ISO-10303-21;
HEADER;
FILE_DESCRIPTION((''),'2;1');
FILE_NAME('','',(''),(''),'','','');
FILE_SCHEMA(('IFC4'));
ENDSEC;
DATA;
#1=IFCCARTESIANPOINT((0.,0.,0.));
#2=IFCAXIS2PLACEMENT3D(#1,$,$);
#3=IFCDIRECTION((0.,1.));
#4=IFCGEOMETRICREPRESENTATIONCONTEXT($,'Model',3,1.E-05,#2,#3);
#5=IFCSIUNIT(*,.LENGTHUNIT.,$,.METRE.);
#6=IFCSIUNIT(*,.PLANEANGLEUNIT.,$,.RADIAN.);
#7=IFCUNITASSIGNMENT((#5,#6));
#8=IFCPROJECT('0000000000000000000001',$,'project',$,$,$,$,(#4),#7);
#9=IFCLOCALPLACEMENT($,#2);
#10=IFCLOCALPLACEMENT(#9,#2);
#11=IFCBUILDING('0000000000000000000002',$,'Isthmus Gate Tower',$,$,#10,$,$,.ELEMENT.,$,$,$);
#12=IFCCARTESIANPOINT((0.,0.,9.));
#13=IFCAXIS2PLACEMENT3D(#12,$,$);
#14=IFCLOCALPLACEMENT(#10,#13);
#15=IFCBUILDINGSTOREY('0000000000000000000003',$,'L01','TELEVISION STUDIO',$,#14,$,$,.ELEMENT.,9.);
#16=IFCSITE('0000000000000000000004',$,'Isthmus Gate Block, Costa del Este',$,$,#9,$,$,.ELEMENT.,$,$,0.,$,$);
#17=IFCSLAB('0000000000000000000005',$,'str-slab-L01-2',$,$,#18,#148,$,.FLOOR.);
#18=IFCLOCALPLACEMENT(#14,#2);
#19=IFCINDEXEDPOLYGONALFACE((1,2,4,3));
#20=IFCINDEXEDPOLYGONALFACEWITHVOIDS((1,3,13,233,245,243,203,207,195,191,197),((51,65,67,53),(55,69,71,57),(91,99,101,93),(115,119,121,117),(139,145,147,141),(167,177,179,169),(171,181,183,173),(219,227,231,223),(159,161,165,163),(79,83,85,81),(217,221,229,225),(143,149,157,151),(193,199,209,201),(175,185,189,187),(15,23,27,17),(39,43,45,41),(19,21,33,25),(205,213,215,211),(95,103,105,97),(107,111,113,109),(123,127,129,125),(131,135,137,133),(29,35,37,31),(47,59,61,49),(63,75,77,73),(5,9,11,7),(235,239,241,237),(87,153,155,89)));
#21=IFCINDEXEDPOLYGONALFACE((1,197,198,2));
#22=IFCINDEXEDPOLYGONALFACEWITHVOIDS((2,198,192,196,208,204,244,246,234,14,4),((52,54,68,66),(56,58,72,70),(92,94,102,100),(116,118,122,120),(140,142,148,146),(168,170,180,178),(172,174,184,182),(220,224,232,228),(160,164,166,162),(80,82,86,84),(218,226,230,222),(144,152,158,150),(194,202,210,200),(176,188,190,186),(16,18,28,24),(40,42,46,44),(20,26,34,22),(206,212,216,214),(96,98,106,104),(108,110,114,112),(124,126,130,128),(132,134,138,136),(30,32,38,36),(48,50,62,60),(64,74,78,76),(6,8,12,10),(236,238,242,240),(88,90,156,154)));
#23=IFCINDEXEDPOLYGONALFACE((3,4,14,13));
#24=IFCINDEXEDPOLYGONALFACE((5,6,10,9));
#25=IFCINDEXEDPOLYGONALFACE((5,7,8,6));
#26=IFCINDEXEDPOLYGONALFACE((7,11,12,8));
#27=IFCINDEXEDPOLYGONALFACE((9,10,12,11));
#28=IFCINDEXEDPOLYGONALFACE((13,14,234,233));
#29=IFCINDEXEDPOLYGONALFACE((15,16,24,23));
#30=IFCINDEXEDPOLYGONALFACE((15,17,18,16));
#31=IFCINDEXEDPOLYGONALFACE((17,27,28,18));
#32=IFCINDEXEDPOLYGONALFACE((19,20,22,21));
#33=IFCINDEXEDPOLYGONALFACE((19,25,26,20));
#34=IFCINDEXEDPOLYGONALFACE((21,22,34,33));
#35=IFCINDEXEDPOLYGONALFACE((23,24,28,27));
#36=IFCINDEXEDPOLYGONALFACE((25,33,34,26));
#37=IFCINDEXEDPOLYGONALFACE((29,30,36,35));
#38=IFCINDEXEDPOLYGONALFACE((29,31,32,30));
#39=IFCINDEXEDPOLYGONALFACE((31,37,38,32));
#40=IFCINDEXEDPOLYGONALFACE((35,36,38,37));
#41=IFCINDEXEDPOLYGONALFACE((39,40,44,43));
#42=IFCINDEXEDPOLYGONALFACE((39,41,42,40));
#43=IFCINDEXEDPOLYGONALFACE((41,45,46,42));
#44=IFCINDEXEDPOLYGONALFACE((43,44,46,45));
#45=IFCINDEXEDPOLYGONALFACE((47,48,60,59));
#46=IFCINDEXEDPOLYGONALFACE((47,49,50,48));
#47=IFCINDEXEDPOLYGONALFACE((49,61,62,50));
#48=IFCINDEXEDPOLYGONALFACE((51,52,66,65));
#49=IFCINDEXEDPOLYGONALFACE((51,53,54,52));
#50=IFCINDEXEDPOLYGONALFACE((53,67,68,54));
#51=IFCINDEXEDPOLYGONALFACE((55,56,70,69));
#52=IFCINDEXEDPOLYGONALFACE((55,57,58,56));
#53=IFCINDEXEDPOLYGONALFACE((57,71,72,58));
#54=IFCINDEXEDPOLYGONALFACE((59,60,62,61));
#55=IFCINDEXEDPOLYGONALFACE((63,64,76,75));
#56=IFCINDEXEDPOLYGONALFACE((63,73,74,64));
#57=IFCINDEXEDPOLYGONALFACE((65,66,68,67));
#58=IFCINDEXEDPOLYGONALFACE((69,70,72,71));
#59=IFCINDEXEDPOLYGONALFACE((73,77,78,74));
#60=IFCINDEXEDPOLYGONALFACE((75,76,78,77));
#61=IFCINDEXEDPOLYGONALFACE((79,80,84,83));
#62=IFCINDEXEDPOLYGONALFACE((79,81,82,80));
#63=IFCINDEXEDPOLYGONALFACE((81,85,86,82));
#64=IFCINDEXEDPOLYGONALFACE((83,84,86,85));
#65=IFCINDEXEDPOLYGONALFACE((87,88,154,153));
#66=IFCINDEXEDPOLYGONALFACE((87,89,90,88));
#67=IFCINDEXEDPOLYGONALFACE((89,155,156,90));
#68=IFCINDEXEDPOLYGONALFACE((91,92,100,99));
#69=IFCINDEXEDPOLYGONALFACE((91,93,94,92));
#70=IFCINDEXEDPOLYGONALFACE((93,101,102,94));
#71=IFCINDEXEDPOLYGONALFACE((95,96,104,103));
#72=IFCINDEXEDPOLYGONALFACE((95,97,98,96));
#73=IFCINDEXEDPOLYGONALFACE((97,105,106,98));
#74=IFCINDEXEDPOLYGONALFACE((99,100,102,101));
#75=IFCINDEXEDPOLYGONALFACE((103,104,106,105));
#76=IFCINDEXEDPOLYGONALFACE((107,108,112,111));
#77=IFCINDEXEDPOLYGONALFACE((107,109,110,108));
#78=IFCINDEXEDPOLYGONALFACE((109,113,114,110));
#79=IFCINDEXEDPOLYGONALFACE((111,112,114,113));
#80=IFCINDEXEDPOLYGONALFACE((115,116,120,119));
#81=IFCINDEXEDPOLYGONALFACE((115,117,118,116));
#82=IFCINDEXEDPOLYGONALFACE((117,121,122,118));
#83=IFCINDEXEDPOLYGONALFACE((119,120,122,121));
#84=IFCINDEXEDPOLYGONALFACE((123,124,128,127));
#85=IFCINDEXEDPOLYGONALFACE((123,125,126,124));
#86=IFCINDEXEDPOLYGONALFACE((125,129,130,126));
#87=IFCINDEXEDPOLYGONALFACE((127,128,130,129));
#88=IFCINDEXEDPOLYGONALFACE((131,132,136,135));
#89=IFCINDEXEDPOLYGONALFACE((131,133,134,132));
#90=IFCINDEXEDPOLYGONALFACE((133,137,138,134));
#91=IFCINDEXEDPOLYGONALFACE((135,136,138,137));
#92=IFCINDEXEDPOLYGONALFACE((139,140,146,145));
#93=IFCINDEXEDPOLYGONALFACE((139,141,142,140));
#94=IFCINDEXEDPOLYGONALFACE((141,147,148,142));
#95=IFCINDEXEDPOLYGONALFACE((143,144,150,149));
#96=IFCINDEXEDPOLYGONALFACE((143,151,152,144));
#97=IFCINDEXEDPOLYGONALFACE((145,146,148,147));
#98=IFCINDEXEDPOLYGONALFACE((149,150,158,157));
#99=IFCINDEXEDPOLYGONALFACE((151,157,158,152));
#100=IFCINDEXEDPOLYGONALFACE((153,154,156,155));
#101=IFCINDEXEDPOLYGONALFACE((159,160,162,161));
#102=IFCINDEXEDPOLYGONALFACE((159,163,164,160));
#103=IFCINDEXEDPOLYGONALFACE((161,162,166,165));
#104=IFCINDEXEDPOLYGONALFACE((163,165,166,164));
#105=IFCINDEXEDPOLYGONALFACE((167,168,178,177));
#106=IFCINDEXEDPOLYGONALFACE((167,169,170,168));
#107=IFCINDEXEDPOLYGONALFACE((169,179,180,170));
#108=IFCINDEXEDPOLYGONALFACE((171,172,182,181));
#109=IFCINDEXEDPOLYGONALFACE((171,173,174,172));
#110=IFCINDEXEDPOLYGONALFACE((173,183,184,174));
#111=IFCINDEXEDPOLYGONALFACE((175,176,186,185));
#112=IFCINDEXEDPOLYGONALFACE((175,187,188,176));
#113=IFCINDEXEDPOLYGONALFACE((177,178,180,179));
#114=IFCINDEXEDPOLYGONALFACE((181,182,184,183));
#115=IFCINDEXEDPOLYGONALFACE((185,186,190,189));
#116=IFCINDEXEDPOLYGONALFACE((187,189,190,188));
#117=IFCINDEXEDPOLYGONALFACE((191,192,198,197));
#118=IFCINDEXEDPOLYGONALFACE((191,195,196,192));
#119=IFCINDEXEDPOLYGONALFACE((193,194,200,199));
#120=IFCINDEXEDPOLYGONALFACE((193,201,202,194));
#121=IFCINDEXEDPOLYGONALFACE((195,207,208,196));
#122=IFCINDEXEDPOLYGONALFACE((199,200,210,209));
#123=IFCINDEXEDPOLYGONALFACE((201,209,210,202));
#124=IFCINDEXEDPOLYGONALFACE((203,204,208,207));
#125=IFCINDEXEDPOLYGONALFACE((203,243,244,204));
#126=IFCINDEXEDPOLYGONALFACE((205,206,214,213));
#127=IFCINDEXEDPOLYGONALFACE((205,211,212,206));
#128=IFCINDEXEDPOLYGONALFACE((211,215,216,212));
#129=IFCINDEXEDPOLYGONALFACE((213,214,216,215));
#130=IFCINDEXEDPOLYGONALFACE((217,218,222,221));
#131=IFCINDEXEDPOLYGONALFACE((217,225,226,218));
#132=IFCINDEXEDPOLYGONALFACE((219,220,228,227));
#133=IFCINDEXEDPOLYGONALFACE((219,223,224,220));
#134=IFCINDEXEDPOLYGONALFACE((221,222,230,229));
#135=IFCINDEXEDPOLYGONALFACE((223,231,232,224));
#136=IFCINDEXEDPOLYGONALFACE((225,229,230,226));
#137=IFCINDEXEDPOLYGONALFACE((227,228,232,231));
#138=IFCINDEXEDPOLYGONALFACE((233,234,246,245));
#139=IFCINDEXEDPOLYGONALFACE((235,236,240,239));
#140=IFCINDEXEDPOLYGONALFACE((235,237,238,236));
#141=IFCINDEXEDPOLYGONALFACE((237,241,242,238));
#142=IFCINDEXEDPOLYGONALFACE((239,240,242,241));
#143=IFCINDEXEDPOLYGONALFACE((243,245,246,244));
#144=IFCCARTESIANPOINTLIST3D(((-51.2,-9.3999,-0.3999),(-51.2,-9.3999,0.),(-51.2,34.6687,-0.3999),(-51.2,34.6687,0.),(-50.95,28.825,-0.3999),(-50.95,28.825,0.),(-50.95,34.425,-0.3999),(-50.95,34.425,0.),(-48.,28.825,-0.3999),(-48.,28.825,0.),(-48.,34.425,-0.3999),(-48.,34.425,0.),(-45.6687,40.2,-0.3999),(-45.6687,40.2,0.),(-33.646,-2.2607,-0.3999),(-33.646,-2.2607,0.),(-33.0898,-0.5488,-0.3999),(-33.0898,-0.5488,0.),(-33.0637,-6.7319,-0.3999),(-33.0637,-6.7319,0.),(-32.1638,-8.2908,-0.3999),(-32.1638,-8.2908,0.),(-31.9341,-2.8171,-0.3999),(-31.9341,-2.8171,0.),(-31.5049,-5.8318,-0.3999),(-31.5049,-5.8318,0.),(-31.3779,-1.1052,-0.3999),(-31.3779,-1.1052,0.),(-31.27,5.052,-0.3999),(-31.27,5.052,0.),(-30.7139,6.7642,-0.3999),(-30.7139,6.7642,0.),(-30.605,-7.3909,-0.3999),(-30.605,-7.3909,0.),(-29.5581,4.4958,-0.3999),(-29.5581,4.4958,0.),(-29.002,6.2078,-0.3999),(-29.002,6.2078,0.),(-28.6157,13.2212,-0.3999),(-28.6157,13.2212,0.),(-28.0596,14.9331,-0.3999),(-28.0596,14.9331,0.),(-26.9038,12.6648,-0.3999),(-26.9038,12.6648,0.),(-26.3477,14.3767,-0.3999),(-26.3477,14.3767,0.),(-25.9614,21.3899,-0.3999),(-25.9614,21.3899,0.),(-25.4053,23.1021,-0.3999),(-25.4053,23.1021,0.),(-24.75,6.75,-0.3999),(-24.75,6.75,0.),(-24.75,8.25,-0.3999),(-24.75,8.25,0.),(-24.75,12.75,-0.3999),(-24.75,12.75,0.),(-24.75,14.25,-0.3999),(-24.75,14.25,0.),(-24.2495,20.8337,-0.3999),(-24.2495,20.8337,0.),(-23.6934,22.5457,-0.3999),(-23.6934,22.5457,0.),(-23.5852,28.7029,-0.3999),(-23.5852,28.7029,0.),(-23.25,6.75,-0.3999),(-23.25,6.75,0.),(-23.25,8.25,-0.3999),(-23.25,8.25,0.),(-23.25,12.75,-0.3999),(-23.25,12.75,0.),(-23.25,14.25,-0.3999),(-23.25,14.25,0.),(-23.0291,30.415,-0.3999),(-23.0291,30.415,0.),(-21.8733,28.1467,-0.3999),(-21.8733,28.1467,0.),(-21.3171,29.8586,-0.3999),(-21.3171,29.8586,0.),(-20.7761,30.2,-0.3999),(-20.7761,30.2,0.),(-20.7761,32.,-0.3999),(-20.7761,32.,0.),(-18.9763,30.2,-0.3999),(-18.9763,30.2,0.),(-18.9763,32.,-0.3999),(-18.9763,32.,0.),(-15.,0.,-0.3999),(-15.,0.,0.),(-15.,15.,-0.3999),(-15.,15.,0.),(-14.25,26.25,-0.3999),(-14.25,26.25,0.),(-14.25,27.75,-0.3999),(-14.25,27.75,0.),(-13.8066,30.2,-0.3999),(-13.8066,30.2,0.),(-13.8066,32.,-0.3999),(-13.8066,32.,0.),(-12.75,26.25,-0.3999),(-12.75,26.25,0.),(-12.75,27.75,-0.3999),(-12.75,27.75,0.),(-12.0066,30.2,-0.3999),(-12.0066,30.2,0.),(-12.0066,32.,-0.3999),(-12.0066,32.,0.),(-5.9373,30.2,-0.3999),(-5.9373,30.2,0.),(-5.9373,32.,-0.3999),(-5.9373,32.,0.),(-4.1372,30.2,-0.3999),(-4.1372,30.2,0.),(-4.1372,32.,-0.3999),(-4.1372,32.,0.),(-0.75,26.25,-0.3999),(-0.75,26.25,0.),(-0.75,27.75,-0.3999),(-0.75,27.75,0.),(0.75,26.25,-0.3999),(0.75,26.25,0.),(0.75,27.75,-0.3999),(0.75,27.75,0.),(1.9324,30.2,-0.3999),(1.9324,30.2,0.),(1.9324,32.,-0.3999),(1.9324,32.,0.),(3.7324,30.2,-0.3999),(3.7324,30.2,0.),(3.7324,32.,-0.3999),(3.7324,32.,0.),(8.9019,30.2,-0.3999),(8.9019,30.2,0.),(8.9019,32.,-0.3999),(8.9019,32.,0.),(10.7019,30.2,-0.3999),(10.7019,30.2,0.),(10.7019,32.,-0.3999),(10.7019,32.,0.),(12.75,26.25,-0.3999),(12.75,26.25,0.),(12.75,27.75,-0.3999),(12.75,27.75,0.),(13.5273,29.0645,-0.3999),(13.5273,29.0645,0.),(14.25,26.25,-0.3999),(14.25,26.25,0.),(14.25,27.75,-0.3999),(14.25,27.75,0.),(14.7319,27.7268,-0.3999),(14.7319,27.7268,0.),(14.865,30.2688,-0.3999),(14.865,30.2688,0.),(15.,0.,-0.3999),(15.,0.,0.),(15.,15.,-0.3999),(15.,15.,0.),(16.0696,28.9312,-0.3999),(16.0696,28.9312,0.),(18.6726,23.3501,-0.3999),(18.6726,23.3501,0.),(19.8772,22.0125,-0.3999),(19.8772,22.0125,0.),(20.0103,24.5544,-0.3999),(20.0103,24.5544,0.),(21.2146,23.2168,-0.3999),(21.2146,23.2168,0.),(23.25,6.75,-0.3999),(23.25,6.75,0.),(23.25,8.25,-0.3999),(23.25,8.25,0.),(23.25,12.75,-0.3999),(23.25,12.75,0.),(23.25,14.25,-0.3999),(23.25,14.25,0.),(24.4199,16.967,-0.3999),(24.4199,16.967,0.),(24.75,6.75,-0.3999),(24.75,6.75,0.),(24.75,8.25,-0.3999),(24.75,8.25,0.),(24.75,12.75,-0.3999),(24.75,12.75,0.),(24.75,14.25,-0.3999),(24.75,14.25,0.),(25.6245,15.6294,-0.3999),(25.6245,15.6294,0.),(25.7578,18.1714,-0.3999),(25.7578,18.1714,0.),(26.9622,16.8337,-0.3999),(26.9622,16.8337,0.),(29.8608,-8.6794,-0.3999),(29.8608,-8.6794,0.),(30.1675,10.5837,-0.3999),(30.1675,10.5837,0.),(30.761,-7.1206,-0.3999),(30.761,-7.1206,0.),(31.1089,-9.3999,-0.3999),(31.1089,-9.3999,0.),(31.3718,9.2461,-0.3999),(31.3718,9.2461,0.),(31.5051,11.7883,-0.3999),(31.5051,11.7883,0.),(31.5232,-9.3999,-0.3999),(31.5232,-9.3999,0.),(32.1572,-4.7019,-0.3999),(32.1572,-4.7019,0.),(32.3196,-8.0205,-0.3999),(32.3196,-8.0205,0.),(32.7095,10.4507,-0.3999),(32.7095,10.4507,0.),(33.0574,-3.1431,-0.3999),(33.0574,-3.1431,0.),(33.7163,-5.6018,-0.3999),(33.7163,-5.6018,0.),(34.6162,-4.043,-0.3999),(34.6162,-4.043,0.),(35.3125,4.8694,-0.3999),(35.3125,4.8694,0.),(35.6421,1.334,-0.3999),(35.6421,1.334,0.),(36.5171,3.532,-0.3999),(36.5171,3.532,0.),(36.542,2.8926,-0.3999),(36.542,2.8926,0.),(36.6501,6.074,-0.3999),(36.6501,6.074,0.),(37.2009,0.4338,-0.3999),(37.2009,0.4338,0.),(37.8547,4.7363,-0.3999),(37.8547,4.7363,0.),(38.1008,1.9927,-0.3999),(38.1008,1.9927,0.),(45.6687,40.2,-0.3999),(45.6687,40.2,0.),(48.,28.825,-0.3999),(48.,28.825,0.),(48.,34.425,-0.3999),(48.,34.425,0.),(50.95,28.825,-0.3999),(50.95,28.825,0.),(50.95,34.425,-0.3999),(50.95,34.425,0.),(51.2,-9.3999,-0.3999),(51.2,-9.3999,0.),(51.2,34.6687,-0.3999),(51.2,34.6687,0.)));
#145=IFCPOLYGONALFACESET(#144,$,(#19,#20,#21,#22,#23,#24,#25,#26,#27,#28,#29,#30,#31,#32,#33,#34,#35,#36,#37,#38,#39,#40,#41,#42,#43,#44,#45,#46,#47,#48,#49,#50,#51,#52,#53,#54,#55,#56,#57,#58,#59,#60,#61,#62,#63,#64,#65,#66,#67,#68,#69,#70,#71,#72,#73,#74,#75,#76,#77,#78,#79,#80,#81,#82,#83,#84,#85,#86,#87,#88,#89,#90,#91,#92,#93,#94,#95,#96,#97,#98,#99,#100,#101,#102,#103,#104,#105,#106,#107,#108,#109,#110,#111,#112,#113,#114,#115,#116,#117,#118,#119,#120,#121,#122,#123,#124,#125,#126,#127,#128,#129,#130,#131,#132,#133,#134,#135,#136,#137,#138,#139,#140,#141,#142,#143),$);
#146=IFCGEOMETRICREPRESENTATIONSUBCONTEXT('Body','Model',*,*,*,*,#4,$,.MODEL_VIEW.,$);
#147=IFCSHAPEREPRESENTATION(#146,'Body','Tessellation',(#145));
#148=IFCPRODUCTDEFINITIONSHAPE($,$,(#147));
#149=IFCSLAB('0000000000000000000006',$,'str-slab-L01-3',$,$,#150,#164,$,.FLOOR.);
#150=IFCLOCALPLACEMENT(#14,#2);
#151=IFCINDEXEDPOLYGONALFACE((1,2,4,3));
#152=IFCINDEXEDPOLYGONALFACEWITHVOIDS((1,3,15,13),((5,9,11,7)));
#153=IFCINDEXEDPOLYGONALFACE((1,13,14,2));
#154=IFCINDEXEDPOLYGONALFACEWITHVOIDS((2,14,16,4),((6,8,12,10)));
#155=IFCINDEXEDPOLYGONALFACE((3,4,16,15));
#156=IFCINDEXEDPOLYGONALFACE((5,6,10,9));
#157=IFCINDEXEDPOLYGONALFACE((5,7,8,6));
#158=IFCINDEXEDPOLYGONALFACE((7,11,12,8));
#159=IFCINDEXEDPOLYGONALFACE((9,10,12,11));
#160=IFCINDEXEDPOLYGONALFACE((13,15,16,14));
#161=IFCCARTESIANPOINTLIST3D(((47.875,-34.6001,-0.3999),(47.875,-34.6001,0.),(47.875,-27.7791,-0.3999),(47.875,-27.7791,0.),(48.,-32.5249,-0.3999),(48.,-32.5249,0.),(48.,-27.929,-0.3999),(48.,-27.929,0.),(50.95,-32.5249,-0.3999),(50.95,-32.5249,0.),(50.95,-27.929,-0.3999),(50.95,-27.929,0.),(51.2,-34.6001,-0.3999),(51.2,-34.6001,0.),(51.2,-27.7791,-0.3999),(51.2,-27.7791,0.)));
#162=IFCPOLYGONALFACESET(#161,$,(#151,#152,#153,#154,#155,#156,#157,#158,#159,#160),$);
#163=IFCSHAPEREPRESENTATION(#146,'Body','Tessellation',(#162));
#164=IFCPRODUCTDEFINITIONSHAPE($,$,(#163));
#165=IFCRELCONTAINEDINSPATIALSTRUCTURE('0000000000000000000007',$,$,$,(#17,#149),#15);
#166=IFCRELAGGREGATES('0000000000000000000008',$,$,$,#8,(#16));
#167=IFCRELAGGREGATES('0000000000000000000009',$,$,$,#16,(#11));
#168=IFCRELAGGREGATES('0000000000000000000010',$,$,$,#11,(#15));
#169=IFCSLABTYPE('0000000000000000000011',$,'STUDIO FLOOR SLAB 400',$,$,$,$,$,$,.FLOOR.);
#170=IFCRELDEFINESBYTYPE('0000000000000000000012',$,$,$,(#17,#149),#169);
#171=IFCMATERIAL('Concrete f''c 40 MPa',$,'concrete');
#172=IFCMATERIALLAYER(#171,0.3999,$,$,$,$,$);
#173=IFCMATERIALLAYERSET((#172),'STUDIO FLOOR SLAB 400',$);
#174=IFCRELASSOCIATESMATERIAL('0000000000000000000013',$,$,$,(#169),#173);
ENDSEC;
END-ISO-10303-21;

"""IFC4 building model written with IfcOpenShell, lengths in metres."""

from ifc_helpers import new_model, si_unit, direction, frame, origin, place, context, subcontext, project, spatial, polyline, outline, extrude, material, layer, layer_set, type_object, element, save


model = new_model("IFC4")

# Units and contexts
model_context = context("Model", 3, precision=1e-05, world=origin(), true_north=direction((0.0, 1.0)))
body_context = subcontext(model_context, "Body", "Model", "MODEL_VIEW")
ifc_project = project(units=[si_unit("LENGTHUNIT", "METRE"), si_unit("PLANEANGLEUNIT", "RADIAN")], contexts=[model_context])

# Site, building, storey
site_placement = place(None, origin())
site = spatial("IfcSite", under=ifc_project, at=site_placement, Name="Isthmus Gate Block, Costa del Este", CompositionType="ELEMENT", RefElevation=0.0)
building_placement = place(site_placement, origin())
building = spatial("IfcBuilding", under=site, at=building_placement, Name="Isthmus Gate Tower", CompositionType="ELEMENT")
storey_placement = place(building_placement, frame((0.0, 0.0, 9.0)))
storey = spatial("IfcBuildingStorey", under=building, at=storey_placement, Name="L01", Description="TELEVISION STUDIO", CompositionType="ELEMENT", Elevation=9.0)

# Slabs
ifc_material_1 = material(Name="Concrete f'c 40 MPa", Category="concrete")
ifc_layer_1 = layer(ifc_material_1, 0.3999)
ifc_layer_set_1 = layer_set([ifc_layer_1], Name="STUDIO FLOOR SLAB 400")
slab_type_1 = type_object("IfcSlabType", Name="STUDIO FLOOR SLAB 400", PredefinedType="FLOOR", material=ifc_layer_set_1)
slab_1_placement = place(storey_placement, frame((0.0, 0.0, -0.3999)))
element("IfcSlab", 1, at=slab_1_placement, inside=storey, type_object=slab_type_1, Name="str-slab-L01-2", PredefinedType="FLOOR", context=body_context, shape_type="SweptSolid", body=[
    extrude(outline(polyline([(-51.2, 34.6687), (-45.6687, 40.2), (45.6687, 40.2), (51.2, 34.6687), (51.2, -9.3999), (31.5232, -9.3999), (32.3196, -8.0205), (30.761, -7.1206), (29.8608, -8.6794), (31.1089, -9.3999), (-51.2, -9.3999), (-51.2, 34.6687)]), holes=[polyline([(-33.0637, -6.7319), (-32.1638, -8.2908), (-30.605, -7.3909), (-31.5049, -5.8318), (-33.0637, -6.7319)]), polyline([(-33.646, -2.2607), (-31.9341, -2.8171), (-31.3779, -1.1052), (-33.0898, -0.5488), (-33.646, -2.2607)]), polyline([(-30.7139, 6.7642), (-31.27, 5.052), (-29.5581, 4.4958), (-29.002, 6.2078), (-30.7139, 6.7642)]), polyline([(-24.75, 8.25), (-24.75, 6.75), (-23.25, 6.75), (-23.25, 8.25), (-24.75, 8.25)]), polyline([(-24.75, 14.25), (-24.75, 12.75), (-23.25, 12.75), (-23.25, 14.25), (-24.75, 14.25)]), polyline([(-28.0596, 14.9331), (-28.6157, 13.2212), (-26.9038, 12.6648), (-26.3477, 14.3767), (-28.0596, 14.9331)]), polyline([(-25.9614, 21.3899), (-24.2495, 20.8337), (-23.6934, 22.5457), (-25.4053, 23.1021), (-25.9614, 21.3899)]), polyline([(-14.25, 26.25), (-12.75, 26.25), (-12.75, 27.75), (-14.25, 27.75), (-14.25, 26.25)]), polyline([(-23.5852, 28.7029), (-21.8733, 28.1467), (-21.3171, 29.8586), (-23.0291, 30.415), (-23.5852, 28.7029)]), polyline([(-18.9763, 30.2), (-18.9763, 32.0), (-20.7761, 32.0), (-20.7761, 30.2), (-18.9763, 30.2)]), polyline([(-50.95, 28.825), (-48.0, 28.825), (-48.0, 34.425), (-50.95, 34.425), (-50.95, 28.825)]), polyline([(15.0, 0.0), (15.0, 15.0), (-15.0, 15.0), (-15.0, 0.0), (15.0, 0.0)]), polyline([(-0.75, 26.25), (0.75, 26.25), (0.75, 27.75), (-0.75, 27.75), (-0.75, 26.25)]), polyline([(12.75, 27.75), (12.75, 26.25), (14.25, 26.25), (14.25, 27.75), (12.75, 27.75)]), polyline([(16.0696, 28.9312), (14.865, 30.2688), (13.5273, 29.0645), (14.7319, 27.7268), (16.0696, 28.9312)]), polyline([(-13.8066, 32.0), (-13.8066, 30.2), (-12.0066, 30.2), (-12.0066, 32.0), (-13.8066, 32.0)]), polyline([(-4.1372, 30.2), (-4.1372, 32.0), (-5.9373, 32.0), (-5.9373, 30.2), (-4.1372, 30.2)]), polyline([(3.7324, 30.2), (3.7324, 32.0), (1.9324, 32.0), (1.9324, 30.2), (3.7324, 30.2)]), polyline([(10.7019, 32.0), (8.9019, 32.0), (8.9019, 30.2), (10.7019, 30.2), (10.7019, 32.0)]), polyline([(34.6162, -4.043), (33.0574, -3.1431), (32.1572, -4.7019), (33.7163, -5.6018), (34.6162, -4.043)]), polyline([(35.6421, 1.334), (37.2009, 0.4338), (38.1008, 1.9927), (36.542, 2.8926), (35.6421, 1.334)]), polyline([(36.5171, 3.532), (37.8547, 4.7363), (36.6501, 6.074), (35.3125, 4.8694), (36.5171, 3.532)]), polyline([(23.25, 6.75), (24.75, 6.75), (24.75, 8.25), (23.25, 8.25), (23.25, 6.75)]), polyline([(32.7095, 10.4507), (31.5051, 11.7883), (30.1675, 10.5837), (31.3718, 9.2461), (32.7095, 10.4507)]), polyline([(23.25, 14.25), (23.25, 12.75), (24.75, 12.75), (24.75, 14.25), (23.25, 14.25)]), polyline([(25.7578, 18.1714), (24.4199, 16.967), (25.6245, 15.6294), (26.9622, 16.8337), (25.7578, 18.1714)]), polyline([(21.2146, 23.2168), (20.0103, 24.5544), (18.6726, 23.3501), (19.8772, 22.0125), (21.2146, 23.2168)]), polyline([(48.0, 28.825), (50.95, 28.825), (50.95, 34.425), (48.0, 34.425), (48.0, 28.825)])]), origin(), (0.0, 0.0, 1.0), 0.3999),
])
slab_2_placement = place(storey_placement, frame((0.0, 0.0, -0.3999)))
element("IfcSlab", 2, at=slab_2_placement, inside=storey, type_object=slab_type_1, Name="str-slab-L01-3", PredefinedType="FLOOR", context=body_context, shape_type="SweptSolid", body=[
    extrude(outline(polyline([(51.2, -34.6001), (47.875, -34.6001), (47.875, -27.7791), (51.2, -27.7791), (51.2, -34.6001)]), holes=[polyline([(48.0, -32.5249), (50.95, -32.5249), (50.95, -27.929), (48.0, -27.929), (48.0, -32.5249)])]), origin(), (0.0, 0.0, 1.0), 0.3999),
])

save(model, "model.ifc")
